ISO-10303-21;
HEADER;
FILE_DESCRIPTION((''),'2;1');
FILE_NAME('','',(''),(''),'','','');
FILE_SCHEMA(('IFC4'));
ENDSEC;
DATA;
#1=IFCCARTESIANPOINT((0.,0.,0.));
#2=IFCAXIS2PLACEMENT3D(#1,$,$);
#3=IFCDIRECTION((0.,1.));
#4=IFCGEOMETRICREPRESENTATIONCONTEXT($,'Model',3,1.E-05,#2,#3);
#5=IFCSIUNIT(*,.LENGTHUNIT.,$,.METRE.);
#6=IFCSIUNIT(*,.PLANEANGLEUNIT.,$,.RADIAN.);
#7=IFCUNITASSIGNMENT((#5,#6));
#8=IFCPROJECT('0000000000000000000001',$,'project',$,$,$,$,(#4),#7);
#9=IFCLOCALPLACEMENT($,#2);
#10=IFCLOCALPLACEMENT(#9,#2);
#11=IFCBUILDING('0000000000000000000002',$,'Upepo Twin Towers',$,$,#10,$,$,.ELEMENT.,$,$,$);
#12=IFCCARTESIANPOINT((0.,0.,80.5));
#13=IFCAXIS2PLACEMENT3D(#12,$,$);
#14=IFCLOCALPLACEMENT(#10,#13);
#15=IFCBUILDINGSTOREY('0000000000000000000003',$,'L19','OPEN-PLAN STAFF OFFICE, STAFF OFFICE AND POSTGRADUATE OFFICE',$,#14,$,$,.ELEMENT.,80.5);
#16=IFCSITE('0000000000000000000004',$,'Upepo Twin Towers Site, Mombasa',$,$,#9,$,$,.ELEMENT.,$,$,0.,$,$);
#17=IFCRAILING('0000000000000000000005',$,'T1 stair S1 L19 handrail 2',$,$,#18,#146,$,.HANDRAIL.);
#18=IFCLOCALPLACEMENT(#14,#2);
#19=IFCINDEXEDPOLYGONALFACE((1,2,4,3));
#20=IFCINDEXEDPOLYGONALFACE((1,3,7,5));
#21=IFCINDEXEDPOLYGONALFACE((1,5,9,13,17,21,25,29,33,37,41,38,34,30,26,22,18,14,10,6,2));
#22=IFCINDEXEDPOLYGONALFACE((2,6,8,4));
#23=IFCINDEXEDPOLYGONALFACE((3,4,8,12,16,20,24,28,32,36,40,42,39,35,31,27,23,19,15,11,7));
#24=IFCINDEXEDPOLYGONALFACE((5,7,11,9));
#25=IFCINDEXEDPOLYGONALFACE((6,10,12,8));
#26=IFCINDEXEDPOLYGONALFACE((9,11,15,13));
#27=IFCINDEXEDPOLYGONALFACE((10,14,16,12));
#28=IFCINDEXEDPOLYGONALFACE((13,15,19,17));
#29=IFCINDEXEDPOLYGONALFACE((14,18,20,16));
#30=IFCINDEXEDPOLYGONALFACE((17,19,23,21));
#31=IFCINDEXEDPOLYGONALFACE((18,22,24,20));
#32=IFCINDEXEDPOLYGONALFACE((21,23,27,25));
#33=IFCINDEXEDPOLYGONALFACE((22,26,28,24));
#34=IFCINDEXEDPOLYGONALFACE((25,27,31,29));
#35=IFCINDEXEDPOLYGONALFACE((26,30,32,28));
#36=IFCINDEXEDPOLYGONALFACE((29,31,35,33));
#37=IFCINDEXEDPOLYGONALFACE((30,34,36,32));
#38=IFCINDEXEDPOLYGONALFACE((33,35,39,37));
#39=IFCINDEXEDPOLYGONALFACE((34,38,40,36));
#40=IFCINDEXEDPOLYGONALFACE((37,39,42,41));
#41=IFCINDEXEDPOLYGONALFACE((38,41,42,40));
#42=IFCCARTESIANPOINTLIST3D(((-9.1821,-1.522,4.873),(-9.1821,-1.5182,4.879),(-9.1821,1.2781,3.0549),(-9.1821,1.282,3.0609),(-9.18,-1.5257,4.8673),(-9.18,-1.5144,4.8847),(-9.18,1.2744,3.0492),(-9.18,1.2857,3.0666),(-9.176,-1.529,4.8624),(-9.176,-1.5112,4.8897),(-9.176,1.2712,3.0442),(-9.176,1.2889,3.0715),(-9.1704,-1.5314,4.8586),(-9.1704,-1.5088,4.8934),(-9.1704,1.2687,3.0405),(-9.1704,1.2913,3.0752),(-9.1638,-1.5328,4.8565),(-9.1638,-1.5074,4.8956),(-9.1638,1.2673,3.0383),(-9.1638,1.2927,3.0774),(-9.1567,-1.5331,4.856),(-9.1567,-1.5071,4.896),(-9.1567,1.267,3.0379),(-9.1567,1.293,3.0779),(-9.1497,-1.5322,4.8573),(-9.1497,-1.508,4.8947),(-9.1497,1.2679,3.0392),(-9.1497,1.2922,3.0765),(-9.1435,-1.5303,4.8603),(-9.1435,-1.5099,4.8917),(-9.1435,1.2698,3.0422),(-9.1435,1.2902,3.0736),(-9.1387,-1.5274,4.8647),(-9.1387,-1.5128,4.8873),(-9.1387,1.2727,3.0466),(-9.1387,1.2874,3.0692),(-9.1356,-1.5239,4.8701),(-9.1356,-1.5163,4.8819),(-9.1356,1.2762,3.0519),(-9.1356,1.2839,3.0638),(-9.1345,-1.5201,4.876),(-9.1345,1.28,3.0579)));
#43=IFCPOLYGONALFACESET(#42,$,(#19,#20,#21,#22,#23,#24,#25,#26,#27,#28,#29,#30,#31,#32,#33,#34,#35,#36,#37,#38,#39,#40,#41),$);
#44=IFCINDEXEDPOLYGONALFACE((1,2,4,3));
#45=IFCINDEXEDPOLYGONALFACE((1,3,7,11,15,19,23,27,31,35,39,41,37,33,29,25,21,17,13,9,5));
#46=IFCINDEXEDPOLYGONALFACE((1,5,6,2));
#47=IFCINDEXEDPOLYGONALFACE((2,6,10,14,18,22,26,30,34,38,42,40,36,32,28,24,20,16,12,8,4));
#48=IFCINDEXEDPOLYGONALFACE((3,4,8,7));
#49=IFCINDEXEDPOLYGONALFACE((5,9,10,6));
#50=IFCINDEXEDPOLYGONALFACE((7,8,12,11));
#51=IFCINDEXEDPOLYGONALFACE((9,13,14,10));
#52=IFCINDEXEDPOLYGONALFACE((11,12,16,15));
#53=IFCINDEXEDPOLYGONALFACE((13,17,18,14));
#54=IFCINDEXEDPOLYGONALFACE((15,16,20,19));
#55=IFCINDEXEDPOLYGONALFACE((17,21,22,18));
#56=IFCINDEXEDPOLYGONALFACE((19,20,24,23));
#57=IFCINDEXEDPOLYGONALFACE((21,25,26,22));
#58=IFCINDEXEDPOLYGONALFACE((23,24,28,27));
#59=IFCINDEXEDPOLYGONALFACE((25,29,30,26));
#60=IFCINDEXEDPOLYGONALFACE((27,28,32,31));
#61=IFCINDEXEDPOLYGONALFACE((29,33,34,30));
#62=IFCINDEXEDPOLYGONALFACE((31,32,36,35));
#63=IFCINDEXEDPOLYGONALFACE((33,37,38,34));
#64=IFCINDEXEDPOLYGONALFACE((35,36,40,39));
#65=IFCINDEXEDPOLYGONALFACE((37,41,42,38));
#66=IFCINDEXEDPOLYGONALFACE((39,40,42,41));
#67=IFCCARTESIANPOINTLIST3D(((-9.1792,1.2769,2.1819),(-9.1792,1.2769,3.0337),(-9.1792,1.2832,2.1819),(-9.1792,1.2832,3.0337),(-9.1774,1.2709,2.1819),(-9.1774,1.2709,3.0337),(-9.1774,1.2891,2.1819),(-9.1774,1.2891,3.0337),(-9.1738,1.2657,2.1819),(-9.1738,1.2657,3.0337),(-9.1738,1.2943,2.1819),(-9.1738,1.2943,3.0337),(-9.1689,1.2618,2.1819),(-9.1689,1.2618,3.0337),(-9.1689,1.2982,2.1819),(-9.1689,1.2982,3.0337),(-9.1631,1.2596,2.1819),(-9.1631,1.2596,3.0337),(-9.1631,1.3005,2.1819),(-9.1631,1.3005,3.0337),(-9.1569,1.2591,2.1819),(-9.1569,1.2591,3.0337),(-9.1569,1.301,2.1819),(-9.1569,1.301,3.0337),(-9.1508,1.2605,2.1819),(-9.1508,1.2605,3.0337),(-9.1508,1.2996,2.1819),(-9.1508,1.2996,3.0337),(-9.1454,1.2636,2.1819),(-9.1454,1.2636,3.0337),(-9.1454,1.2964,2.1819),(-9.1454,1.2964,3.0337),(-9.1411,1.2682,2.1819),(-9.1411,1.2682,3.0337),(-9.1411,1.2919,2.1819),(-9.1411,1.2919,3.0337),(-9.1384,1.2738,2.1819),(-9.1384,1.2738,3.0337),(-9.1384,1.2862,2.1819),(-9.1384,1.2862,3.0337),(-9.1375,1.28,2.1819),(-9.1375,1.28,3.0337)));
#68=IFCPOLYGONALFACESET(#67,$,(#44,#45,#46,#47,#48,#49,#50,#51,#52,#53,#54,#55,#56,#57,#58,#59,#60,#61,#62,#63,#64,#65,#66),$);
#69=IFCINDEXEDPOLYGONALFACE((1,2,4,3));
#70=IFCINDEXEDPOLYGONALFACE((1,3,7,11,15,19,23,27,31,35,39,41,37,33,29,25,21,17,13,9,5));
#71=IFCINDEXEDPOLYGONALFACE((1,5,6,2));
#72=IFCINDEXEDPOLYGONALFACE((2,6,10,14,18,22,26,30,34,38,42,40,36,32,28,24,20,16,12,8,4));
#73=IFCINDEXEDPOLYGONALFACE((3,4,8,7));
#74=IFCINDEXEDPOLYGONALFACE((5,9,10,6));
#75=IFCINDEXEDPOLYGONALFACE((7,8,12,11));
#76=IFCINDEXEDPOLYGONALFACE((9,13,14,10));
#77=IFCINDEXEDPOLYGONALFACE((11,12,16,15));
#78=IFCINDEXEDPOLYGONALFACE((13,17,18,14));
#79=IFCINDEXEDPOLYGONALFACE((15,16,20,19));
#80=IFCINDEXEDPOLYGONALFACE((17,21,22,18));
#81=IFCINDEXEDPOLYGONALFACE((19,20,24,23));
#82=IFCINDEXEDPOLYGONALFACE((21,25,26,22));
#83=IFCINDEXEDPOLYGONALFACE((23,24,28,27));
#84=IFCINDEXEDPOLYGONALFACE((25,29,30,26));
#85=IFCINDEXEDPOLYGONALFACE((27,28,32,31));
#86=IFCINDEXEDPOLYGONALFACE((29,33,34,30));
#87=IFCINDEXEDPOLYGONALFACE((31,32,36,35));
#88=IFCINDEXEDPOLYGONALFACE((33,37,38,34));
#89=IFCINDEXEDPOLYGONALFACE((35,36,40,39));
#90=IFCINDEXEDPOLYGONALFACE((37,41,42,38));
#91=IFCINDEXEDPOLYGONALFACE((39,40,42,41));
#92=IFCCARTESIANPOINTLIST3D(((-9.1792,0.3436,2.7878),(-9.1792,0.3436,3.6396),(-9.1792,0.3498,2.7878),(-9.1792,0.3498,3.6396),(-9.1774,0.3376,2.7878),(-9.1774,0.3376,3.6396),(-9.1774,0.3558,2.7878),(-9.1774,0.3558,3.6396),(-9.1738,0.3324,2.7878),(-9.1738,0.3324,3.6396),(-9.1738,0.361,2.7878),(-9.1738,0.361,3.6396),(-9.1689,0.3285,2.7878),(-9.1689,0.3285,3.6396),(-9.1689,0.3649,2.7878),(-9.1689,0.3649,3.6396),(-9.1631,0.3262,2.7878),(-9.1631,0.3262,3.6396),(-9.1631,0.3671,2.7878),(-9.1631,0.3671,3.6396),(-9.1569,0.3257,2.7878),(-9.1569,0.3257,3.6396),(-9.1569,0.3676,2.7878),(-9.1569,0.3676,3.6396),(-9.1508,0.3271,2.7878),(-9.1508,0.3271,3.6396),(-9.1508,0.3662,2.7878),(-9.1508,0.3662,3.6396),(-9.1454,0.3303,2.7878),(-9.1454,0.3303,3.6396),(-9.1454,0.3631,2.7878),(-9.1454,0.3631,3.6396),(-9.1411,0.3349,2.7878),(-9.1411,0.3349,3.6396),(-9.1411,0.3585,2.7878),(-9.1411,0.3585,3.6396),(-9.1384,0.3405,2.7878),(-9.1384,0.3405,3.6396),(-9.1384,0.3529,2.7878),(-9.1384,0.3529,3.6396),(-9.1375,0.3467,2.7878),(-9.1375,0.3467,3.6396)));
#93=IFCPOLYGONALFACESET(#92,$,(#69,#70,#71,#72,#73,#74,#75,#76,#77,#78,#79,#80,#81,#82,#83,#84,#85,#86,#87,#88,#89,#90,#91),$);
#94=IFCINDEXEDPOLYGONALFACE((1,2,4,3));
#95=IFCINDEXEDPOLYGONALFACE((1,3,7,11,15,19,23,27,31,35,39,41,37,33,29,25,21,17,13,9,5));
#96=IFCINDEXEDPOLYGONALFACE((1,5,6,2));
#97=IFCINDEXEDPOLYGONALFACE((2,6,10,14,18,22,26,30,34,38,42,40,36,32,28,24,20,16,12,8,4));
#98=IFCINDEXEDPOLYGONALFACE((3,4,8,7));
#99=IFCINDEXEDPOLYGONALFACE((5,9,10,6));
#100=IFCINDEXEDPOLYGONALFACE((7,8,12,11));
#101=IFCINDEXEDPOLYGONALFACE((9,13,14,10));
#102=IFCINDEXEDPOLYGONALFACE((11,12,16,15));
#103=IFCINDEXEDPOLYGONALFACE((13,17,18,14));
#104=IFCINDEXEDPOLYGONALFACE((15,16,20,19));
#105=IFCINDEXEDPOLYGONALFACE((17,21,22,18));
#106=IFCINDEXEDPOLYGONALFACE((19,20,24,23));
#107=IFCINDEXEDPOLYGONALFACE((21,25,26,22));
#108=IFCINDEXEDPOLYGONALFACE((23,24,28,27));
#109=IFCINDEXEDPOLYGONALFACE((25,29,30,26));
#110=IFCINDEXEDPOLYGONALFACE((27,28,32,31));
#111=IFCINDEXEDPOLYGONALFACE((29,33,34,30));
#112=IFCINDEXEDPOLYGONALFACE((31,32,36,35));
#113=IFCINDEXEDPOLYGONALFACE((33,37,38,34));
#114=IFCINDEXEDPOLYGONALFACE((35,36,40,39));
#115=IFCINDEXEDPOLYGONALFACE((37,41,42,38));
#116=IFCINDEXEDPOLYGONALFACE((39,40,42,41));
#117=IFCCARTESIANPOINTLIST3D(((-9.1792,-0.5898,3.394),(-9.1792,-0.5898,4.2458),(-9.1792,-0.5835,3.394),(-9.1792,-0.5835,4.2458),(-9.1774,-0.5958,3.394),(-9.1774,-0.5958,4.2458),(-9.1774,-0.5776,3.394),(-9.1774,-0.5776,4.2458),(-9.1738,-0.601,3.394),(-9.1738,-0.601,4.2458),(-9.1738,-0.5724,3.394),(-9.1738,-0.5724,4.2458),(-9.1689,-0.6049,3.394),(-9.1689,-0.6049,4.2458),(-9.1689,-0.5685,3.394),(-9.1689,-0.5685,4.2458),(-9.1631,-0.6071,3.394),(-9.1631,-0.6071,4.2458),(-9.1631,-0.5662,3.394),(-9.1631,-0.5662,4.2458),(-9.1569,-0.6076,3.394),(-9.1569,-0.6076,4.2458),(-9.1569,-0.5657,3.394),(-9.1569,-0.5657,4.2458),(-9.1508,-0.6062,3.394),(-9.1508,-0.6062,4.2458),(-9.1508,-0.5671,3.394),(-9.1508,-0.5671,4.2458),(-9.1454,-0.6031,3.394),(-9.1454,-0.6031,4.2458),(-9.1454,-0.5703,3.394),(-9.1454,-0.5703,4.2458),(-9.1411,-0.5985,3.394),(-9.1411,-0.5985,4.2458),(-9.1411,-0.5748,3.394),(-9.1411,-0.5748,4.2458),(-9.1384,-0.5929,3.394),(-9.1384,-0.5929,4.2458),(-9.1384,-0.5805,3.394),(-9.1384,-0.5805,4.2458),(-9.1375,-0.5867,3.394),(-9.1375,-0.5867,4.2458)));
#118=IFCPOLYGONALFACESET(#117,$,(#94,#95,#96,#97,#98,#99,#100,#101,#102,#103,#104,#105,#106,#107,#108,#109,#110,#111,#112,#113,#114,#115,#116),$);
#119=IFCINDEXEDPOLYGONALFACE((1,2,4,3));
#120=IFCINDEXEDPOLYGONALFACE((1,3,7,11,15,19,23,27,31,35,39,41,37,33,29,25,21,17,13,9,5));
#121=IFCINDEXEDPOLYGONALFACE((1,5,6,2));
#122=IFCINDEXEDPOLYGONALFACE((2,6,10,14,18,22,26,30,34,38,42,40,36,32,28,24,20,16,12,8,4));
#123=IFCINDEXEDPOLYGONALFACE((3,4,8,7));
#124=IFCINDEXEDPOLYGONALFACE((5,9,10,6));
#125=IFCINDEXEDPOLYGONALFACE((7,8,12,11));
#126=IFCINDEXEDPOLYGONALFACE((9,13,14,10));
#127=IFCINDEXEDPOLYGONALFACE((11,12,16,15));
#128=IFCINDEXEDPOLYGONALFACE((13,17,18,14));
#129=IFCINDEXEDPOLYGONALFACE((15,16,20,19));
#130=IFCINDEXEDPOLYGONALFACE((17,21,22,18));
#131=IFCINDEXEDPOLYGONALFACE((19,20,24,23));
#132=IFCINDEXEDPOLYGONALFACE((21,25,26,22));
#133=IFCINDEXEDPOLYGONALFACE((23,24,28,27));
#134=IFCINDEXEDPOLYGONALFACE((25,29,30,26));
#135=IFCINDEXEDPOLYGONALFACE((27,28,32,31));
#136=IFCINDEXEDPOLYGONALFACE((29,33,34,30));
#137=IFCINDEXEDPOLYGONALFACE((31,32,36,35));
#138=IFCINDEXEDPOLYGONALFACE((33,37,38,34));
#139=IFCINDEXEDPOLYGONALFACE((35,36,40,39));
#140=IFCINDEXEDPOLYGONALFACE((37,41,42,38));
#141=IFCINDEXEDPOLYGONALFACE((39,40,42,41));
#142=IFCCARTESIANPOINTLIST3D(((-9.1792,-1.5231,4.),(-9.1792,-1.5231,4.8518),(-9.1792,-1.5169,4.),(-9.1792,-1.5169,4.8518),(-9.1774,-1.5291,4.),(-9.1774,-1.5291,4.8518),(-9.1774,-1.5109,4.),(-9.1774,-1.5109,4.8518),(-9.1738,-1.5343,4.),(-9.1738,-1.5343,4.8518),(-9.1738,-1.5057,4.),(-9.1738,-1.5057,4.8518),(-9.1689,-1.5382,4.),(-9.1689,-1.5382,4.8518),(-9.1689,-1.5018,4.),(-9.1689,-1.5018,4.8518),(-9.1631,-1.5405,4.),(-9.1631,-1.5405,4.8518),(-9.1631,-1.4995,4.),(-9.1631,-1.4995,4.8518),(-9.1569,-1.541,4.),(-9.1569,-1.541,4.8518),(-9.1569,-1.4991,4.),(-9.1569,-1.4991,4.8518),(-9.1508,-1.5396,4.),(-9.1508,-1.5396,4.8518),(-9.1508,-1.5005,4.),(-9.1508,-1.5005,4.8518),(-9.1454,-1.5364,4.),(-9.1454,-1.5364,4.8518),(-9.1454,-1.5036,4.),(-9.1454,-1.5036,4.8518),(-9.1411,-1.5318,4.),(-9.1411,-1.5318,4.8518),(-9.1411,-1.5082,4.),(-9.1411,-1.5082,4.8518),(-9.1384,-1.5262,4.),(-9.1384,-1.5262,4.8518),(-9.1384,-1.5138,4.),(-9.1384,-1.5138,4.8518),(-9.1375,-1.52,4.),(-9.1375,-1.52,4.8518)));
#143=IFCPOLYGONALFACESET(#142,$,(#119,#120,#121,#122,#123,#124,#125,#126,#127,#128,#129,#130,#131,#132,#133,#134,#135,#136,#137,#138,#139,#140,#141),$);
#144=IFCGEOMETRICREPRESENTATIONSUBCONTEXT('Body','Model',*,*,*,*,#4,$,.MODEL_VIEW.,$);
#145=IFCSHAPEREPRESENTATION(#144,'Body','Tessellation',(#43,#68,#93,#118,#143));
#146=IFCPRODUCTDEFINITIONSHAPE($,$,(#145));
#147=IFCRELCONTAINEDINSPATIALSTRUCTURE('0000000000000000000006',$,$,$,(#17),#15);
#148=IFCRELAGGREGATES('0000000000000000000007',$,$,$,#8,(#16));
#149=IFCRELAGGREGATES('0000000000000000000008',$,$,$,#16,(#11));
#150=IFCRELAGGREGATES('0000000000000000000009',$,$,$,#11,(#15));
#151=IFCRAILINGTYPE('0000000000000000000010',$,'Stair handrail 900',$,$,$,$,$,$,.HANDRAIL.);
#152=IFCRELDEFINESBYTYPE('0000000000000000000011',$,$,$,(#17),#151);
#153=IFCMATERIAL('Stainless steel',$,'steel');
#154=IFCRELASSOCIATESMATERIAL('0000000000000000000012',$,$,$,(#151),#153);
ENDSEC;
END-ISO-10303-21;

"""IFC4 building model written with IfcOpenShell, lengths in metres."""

from ifc_helpers import new_model, si_unit, direction, frame, origin, origin_2d, place, context, subcontext, project, spatial, circle, extrude, material, type_object, element, save


model = new_model("IFC4")

# Units and contexts
model_context = context("Model", 3, precision=1e-05, world=origin(), true_north=direction((0.0, 1.0)))
body_context = subcontext(model_context, "Body", "Model", "MODEL_VIEW")
ifc_project = project(units=[si_unit("LENGTHUNIT", "METRE"), si_unit("PLANEANGLEUNIT", "RADIAN")], contexts=[model_context])

# Site, building, storey
site_placement = place(None, origin())
site = spatial("IfcSite", under=ifc_project, at=site_placement, Name="Upepo Twin Towers Site, Mombasa", CompositionType="ELEMENT", RefElevation=0.0)
building_placement = place(site_placement, origin())
building = spatial("IfcBuilding", under=site, at=building_placement, Name="Upepo Twin Towers", CompositionType="ELEMENT")
storey_placement = place(building_placement, frame((0.0, 0.0, 80.5)))
storey = spatial("IfcBuildingStorey", under=building, at=storey_placement, Name="L19", Description="OPEN-PLAN STAFF OFFICE, STAFF OFFICE AND POSTGRADUATE OFFICE", CompositionType="ELEMENT", Elevation=80.5)

# Railing
ifc_material_1 = material(Name="Stainless steel", Category="steel")
railing_type = type_object("IfcRailingType", Name="Stair handrail 900", PredefinedType="HANDRAIL", material=ifc_material_1)
railing_placement = place(storey_placement, frame((-9.1584, 1.28, 2.1819)))
element("IfcRailing", 1, at=railing_placement, inside=storey, type_object=railing_type, Name="T1 stair S1 L19 handrail 2", PredefinedType="HANDRAIL", context=body_context, shape_type="SweptSolid", body=[
    extrude(circle(Radius=0.0239, at=origin_2d()), frame((0.0, 0.0, 0.876), z_axis=(0.0, -0.838706, 0.544585), x_axis=(1.0, 0.0, 0.0)), (0.0, 0.0, 1.0), 3.3386),
    extrude(circle(Radius=0.021, at=origin_2d()), origin(), (0.0, 0.0, 1.0), 0.8518),
    extrude(circle(Radius=0.021, at=origin_2d()), frame((0.0, -0.9333, 0.606)), (0.0, 0.0, 1.0), 0.8518),
    extrude(circle(Radius=0.021, at=origin_2d()), frame((0.0, -1.8667, 1.2122)), (0.0, 0.0, 1.0), 0.8518),
    extrude(circle(Radius=0.021, at=origin_2d()), frame((0.0, -2.8, 1.8181)), (0.0, 0.0, 1.0), 0.8518),
])

save(model, "model.ifc")
